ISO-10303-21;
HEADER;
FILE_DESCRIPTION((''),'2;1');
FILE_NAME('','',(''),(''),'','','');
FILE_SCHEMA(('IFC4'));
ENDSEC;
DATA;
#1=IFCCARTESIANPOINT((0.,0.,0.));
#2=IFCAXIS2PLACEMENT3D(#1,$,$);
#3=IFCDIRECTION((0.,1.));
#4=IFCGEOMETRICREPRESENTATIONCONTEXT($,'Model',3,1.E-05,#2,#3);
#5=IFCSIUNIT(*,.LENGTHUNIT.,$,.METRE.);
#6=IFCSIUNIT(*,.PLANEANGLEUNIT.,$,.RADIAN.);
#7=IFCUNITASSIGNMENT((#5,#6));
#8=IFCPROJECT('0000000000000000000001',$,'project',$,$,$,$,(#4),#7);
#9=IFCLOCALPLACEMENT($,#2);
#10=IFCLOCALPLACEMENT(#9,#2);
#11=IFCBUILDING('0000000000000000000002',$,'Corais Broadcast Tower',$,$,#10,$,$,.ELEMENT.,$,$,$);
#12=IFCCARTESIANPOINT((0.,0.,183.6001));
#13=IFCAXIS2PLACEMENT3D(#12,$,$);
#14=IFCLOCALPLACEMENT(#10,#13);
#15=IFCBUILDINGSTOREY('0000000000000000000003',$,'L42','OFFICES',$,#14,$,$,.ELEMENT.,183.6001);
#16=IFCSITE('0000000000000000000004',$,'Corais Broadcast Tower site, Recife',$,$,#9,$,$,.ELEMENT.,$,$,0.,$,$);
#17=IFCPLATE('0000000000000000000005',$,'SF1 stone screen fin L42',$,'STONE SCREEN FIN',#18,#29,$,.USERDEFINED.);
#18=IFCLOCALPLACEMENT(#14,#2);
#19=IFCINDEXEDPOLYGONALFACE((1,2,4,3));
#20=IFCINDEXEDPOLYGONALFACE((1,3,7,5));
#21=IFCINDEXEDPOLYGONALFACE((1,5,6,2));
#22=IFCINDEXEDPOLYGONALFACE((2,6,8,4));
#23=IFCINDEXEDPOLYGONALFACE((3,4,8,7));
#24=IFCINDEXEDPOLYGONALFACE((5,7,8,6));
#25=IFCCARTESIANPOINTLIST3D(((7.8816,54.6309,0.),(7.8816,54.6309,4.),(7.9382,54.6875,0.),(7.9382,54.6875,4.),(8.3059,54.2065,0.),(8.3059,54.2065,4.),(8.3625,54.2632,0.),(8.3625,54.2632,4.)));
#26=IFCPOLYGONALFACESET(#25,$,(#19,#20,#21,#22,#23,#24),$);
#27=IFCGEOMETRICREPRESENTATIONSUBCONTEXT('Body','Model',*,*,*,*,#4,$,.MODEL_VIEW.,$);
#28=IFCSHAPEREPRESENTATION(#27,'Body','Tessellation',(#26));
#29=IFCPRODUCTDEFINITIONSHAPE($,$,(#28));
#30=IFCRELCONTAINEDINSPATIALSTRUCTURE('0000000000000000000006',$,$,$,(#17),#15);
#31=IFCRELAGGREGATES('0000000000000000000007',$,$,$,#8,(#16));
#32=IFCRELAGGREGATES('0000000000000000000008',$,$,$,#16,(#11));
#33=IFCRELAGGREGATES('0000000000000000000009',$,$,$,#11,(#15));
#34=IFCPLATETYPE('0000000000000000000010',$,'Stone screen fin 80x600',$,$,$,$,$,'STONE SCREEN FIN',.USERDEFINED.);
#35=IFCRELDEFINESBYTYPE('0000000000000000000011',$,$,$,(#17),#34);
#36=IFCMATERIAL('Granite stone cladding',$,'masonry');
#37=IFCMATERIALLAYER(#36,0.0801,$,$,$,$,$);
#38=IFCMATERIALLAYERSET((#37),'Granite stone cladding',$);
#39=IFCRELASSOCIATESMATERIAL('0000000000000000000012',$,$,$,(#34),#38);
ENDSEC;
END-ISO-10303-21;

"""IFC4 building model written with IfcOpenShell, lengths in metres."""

from ifc_helpers import new_model, si_unit, direction, frame, origin, origin_2d, place, context, subcontext, project, spatial, rectangle, extrude, material, layer, layer_set, type_object, element, save


model = new_model("IFC4")

# Units and contexts
model_context = context("Model", 3, precision=1e-05, world=origin(), true_north=direction((0.0, 1.0)))
body_context = subcontext(model_context, "Body", "Model", "MODEL_VIEW")
ifc_project = project(units=[si_unit("LENGTHUNIT", "METRE"), si_unit("PLANEANGLEUNIT", "RADIAN")], contexts=[model_context])

# Site, building, storey
site_placement = place(None, origin())
site = spatial("IfcSite", under=ifc_project, at=site_placement, Name="Corais Broadcast Tower site, Recife", CompositionType="ELEMENT", RefElevation=0.0)
building_placement = place(site_placement, origin())
building = spatial("IfcBuilding", under=site, at=building_placement, Name="Corais Broadcast Tower", CompositionType="ELEMENT")
storey_placement = place(building_placement, frame((0.0, 0.0, 183.6001)))
storey = spatial("IfcBuildingStorey", under=building, at=storey_placement, Name="L42", Description="OFFICES", CompositionType="ELEMENT", Elevation=183.6001)

# Plate
ifc_material_1 = material(Name="Granite stone cladding", Category="masonry")
ifc_layer_1 = layer(ifc_material_1, 0.0801)
ifc_layer_set_1 = layer_set([ifc_layer_1], Name="Granite stone cladding")
plate_type_1 = type_object("IfcPlateType", Name="Stone screen fin 80x600", ElementType="STONE SCREEN FIN", PredefinedType="USERDEFINED", material=ifc_layer_set_1)
for number, where, z_axis, x_axis, name in (
    (1, (8.1221, 54.447, 0.0), (0.0, 0.0, 1.0), (0.707107, 0.707107, 0.0), "SF1 stone screen fin L42"),
):
    element("IfcPlate", number, at=place(storey_placement, frame(where, z_axis=z_axis, x_axis=x_axis)), inside=storey, type_object=plate_type_1, Name=name, ObjectType="STONE SCREEN FIN", PredefinedType="USERDEFINED", context=body_context, shape_type="SweptSolid", body=[
        extrude(rectangle(XDim=0.0801, YDim=0.6001, at=origin_2d()), origin(), (0.0, 0.0, 1.0), 4.0),
    ])

save(model, "model.ifc")
